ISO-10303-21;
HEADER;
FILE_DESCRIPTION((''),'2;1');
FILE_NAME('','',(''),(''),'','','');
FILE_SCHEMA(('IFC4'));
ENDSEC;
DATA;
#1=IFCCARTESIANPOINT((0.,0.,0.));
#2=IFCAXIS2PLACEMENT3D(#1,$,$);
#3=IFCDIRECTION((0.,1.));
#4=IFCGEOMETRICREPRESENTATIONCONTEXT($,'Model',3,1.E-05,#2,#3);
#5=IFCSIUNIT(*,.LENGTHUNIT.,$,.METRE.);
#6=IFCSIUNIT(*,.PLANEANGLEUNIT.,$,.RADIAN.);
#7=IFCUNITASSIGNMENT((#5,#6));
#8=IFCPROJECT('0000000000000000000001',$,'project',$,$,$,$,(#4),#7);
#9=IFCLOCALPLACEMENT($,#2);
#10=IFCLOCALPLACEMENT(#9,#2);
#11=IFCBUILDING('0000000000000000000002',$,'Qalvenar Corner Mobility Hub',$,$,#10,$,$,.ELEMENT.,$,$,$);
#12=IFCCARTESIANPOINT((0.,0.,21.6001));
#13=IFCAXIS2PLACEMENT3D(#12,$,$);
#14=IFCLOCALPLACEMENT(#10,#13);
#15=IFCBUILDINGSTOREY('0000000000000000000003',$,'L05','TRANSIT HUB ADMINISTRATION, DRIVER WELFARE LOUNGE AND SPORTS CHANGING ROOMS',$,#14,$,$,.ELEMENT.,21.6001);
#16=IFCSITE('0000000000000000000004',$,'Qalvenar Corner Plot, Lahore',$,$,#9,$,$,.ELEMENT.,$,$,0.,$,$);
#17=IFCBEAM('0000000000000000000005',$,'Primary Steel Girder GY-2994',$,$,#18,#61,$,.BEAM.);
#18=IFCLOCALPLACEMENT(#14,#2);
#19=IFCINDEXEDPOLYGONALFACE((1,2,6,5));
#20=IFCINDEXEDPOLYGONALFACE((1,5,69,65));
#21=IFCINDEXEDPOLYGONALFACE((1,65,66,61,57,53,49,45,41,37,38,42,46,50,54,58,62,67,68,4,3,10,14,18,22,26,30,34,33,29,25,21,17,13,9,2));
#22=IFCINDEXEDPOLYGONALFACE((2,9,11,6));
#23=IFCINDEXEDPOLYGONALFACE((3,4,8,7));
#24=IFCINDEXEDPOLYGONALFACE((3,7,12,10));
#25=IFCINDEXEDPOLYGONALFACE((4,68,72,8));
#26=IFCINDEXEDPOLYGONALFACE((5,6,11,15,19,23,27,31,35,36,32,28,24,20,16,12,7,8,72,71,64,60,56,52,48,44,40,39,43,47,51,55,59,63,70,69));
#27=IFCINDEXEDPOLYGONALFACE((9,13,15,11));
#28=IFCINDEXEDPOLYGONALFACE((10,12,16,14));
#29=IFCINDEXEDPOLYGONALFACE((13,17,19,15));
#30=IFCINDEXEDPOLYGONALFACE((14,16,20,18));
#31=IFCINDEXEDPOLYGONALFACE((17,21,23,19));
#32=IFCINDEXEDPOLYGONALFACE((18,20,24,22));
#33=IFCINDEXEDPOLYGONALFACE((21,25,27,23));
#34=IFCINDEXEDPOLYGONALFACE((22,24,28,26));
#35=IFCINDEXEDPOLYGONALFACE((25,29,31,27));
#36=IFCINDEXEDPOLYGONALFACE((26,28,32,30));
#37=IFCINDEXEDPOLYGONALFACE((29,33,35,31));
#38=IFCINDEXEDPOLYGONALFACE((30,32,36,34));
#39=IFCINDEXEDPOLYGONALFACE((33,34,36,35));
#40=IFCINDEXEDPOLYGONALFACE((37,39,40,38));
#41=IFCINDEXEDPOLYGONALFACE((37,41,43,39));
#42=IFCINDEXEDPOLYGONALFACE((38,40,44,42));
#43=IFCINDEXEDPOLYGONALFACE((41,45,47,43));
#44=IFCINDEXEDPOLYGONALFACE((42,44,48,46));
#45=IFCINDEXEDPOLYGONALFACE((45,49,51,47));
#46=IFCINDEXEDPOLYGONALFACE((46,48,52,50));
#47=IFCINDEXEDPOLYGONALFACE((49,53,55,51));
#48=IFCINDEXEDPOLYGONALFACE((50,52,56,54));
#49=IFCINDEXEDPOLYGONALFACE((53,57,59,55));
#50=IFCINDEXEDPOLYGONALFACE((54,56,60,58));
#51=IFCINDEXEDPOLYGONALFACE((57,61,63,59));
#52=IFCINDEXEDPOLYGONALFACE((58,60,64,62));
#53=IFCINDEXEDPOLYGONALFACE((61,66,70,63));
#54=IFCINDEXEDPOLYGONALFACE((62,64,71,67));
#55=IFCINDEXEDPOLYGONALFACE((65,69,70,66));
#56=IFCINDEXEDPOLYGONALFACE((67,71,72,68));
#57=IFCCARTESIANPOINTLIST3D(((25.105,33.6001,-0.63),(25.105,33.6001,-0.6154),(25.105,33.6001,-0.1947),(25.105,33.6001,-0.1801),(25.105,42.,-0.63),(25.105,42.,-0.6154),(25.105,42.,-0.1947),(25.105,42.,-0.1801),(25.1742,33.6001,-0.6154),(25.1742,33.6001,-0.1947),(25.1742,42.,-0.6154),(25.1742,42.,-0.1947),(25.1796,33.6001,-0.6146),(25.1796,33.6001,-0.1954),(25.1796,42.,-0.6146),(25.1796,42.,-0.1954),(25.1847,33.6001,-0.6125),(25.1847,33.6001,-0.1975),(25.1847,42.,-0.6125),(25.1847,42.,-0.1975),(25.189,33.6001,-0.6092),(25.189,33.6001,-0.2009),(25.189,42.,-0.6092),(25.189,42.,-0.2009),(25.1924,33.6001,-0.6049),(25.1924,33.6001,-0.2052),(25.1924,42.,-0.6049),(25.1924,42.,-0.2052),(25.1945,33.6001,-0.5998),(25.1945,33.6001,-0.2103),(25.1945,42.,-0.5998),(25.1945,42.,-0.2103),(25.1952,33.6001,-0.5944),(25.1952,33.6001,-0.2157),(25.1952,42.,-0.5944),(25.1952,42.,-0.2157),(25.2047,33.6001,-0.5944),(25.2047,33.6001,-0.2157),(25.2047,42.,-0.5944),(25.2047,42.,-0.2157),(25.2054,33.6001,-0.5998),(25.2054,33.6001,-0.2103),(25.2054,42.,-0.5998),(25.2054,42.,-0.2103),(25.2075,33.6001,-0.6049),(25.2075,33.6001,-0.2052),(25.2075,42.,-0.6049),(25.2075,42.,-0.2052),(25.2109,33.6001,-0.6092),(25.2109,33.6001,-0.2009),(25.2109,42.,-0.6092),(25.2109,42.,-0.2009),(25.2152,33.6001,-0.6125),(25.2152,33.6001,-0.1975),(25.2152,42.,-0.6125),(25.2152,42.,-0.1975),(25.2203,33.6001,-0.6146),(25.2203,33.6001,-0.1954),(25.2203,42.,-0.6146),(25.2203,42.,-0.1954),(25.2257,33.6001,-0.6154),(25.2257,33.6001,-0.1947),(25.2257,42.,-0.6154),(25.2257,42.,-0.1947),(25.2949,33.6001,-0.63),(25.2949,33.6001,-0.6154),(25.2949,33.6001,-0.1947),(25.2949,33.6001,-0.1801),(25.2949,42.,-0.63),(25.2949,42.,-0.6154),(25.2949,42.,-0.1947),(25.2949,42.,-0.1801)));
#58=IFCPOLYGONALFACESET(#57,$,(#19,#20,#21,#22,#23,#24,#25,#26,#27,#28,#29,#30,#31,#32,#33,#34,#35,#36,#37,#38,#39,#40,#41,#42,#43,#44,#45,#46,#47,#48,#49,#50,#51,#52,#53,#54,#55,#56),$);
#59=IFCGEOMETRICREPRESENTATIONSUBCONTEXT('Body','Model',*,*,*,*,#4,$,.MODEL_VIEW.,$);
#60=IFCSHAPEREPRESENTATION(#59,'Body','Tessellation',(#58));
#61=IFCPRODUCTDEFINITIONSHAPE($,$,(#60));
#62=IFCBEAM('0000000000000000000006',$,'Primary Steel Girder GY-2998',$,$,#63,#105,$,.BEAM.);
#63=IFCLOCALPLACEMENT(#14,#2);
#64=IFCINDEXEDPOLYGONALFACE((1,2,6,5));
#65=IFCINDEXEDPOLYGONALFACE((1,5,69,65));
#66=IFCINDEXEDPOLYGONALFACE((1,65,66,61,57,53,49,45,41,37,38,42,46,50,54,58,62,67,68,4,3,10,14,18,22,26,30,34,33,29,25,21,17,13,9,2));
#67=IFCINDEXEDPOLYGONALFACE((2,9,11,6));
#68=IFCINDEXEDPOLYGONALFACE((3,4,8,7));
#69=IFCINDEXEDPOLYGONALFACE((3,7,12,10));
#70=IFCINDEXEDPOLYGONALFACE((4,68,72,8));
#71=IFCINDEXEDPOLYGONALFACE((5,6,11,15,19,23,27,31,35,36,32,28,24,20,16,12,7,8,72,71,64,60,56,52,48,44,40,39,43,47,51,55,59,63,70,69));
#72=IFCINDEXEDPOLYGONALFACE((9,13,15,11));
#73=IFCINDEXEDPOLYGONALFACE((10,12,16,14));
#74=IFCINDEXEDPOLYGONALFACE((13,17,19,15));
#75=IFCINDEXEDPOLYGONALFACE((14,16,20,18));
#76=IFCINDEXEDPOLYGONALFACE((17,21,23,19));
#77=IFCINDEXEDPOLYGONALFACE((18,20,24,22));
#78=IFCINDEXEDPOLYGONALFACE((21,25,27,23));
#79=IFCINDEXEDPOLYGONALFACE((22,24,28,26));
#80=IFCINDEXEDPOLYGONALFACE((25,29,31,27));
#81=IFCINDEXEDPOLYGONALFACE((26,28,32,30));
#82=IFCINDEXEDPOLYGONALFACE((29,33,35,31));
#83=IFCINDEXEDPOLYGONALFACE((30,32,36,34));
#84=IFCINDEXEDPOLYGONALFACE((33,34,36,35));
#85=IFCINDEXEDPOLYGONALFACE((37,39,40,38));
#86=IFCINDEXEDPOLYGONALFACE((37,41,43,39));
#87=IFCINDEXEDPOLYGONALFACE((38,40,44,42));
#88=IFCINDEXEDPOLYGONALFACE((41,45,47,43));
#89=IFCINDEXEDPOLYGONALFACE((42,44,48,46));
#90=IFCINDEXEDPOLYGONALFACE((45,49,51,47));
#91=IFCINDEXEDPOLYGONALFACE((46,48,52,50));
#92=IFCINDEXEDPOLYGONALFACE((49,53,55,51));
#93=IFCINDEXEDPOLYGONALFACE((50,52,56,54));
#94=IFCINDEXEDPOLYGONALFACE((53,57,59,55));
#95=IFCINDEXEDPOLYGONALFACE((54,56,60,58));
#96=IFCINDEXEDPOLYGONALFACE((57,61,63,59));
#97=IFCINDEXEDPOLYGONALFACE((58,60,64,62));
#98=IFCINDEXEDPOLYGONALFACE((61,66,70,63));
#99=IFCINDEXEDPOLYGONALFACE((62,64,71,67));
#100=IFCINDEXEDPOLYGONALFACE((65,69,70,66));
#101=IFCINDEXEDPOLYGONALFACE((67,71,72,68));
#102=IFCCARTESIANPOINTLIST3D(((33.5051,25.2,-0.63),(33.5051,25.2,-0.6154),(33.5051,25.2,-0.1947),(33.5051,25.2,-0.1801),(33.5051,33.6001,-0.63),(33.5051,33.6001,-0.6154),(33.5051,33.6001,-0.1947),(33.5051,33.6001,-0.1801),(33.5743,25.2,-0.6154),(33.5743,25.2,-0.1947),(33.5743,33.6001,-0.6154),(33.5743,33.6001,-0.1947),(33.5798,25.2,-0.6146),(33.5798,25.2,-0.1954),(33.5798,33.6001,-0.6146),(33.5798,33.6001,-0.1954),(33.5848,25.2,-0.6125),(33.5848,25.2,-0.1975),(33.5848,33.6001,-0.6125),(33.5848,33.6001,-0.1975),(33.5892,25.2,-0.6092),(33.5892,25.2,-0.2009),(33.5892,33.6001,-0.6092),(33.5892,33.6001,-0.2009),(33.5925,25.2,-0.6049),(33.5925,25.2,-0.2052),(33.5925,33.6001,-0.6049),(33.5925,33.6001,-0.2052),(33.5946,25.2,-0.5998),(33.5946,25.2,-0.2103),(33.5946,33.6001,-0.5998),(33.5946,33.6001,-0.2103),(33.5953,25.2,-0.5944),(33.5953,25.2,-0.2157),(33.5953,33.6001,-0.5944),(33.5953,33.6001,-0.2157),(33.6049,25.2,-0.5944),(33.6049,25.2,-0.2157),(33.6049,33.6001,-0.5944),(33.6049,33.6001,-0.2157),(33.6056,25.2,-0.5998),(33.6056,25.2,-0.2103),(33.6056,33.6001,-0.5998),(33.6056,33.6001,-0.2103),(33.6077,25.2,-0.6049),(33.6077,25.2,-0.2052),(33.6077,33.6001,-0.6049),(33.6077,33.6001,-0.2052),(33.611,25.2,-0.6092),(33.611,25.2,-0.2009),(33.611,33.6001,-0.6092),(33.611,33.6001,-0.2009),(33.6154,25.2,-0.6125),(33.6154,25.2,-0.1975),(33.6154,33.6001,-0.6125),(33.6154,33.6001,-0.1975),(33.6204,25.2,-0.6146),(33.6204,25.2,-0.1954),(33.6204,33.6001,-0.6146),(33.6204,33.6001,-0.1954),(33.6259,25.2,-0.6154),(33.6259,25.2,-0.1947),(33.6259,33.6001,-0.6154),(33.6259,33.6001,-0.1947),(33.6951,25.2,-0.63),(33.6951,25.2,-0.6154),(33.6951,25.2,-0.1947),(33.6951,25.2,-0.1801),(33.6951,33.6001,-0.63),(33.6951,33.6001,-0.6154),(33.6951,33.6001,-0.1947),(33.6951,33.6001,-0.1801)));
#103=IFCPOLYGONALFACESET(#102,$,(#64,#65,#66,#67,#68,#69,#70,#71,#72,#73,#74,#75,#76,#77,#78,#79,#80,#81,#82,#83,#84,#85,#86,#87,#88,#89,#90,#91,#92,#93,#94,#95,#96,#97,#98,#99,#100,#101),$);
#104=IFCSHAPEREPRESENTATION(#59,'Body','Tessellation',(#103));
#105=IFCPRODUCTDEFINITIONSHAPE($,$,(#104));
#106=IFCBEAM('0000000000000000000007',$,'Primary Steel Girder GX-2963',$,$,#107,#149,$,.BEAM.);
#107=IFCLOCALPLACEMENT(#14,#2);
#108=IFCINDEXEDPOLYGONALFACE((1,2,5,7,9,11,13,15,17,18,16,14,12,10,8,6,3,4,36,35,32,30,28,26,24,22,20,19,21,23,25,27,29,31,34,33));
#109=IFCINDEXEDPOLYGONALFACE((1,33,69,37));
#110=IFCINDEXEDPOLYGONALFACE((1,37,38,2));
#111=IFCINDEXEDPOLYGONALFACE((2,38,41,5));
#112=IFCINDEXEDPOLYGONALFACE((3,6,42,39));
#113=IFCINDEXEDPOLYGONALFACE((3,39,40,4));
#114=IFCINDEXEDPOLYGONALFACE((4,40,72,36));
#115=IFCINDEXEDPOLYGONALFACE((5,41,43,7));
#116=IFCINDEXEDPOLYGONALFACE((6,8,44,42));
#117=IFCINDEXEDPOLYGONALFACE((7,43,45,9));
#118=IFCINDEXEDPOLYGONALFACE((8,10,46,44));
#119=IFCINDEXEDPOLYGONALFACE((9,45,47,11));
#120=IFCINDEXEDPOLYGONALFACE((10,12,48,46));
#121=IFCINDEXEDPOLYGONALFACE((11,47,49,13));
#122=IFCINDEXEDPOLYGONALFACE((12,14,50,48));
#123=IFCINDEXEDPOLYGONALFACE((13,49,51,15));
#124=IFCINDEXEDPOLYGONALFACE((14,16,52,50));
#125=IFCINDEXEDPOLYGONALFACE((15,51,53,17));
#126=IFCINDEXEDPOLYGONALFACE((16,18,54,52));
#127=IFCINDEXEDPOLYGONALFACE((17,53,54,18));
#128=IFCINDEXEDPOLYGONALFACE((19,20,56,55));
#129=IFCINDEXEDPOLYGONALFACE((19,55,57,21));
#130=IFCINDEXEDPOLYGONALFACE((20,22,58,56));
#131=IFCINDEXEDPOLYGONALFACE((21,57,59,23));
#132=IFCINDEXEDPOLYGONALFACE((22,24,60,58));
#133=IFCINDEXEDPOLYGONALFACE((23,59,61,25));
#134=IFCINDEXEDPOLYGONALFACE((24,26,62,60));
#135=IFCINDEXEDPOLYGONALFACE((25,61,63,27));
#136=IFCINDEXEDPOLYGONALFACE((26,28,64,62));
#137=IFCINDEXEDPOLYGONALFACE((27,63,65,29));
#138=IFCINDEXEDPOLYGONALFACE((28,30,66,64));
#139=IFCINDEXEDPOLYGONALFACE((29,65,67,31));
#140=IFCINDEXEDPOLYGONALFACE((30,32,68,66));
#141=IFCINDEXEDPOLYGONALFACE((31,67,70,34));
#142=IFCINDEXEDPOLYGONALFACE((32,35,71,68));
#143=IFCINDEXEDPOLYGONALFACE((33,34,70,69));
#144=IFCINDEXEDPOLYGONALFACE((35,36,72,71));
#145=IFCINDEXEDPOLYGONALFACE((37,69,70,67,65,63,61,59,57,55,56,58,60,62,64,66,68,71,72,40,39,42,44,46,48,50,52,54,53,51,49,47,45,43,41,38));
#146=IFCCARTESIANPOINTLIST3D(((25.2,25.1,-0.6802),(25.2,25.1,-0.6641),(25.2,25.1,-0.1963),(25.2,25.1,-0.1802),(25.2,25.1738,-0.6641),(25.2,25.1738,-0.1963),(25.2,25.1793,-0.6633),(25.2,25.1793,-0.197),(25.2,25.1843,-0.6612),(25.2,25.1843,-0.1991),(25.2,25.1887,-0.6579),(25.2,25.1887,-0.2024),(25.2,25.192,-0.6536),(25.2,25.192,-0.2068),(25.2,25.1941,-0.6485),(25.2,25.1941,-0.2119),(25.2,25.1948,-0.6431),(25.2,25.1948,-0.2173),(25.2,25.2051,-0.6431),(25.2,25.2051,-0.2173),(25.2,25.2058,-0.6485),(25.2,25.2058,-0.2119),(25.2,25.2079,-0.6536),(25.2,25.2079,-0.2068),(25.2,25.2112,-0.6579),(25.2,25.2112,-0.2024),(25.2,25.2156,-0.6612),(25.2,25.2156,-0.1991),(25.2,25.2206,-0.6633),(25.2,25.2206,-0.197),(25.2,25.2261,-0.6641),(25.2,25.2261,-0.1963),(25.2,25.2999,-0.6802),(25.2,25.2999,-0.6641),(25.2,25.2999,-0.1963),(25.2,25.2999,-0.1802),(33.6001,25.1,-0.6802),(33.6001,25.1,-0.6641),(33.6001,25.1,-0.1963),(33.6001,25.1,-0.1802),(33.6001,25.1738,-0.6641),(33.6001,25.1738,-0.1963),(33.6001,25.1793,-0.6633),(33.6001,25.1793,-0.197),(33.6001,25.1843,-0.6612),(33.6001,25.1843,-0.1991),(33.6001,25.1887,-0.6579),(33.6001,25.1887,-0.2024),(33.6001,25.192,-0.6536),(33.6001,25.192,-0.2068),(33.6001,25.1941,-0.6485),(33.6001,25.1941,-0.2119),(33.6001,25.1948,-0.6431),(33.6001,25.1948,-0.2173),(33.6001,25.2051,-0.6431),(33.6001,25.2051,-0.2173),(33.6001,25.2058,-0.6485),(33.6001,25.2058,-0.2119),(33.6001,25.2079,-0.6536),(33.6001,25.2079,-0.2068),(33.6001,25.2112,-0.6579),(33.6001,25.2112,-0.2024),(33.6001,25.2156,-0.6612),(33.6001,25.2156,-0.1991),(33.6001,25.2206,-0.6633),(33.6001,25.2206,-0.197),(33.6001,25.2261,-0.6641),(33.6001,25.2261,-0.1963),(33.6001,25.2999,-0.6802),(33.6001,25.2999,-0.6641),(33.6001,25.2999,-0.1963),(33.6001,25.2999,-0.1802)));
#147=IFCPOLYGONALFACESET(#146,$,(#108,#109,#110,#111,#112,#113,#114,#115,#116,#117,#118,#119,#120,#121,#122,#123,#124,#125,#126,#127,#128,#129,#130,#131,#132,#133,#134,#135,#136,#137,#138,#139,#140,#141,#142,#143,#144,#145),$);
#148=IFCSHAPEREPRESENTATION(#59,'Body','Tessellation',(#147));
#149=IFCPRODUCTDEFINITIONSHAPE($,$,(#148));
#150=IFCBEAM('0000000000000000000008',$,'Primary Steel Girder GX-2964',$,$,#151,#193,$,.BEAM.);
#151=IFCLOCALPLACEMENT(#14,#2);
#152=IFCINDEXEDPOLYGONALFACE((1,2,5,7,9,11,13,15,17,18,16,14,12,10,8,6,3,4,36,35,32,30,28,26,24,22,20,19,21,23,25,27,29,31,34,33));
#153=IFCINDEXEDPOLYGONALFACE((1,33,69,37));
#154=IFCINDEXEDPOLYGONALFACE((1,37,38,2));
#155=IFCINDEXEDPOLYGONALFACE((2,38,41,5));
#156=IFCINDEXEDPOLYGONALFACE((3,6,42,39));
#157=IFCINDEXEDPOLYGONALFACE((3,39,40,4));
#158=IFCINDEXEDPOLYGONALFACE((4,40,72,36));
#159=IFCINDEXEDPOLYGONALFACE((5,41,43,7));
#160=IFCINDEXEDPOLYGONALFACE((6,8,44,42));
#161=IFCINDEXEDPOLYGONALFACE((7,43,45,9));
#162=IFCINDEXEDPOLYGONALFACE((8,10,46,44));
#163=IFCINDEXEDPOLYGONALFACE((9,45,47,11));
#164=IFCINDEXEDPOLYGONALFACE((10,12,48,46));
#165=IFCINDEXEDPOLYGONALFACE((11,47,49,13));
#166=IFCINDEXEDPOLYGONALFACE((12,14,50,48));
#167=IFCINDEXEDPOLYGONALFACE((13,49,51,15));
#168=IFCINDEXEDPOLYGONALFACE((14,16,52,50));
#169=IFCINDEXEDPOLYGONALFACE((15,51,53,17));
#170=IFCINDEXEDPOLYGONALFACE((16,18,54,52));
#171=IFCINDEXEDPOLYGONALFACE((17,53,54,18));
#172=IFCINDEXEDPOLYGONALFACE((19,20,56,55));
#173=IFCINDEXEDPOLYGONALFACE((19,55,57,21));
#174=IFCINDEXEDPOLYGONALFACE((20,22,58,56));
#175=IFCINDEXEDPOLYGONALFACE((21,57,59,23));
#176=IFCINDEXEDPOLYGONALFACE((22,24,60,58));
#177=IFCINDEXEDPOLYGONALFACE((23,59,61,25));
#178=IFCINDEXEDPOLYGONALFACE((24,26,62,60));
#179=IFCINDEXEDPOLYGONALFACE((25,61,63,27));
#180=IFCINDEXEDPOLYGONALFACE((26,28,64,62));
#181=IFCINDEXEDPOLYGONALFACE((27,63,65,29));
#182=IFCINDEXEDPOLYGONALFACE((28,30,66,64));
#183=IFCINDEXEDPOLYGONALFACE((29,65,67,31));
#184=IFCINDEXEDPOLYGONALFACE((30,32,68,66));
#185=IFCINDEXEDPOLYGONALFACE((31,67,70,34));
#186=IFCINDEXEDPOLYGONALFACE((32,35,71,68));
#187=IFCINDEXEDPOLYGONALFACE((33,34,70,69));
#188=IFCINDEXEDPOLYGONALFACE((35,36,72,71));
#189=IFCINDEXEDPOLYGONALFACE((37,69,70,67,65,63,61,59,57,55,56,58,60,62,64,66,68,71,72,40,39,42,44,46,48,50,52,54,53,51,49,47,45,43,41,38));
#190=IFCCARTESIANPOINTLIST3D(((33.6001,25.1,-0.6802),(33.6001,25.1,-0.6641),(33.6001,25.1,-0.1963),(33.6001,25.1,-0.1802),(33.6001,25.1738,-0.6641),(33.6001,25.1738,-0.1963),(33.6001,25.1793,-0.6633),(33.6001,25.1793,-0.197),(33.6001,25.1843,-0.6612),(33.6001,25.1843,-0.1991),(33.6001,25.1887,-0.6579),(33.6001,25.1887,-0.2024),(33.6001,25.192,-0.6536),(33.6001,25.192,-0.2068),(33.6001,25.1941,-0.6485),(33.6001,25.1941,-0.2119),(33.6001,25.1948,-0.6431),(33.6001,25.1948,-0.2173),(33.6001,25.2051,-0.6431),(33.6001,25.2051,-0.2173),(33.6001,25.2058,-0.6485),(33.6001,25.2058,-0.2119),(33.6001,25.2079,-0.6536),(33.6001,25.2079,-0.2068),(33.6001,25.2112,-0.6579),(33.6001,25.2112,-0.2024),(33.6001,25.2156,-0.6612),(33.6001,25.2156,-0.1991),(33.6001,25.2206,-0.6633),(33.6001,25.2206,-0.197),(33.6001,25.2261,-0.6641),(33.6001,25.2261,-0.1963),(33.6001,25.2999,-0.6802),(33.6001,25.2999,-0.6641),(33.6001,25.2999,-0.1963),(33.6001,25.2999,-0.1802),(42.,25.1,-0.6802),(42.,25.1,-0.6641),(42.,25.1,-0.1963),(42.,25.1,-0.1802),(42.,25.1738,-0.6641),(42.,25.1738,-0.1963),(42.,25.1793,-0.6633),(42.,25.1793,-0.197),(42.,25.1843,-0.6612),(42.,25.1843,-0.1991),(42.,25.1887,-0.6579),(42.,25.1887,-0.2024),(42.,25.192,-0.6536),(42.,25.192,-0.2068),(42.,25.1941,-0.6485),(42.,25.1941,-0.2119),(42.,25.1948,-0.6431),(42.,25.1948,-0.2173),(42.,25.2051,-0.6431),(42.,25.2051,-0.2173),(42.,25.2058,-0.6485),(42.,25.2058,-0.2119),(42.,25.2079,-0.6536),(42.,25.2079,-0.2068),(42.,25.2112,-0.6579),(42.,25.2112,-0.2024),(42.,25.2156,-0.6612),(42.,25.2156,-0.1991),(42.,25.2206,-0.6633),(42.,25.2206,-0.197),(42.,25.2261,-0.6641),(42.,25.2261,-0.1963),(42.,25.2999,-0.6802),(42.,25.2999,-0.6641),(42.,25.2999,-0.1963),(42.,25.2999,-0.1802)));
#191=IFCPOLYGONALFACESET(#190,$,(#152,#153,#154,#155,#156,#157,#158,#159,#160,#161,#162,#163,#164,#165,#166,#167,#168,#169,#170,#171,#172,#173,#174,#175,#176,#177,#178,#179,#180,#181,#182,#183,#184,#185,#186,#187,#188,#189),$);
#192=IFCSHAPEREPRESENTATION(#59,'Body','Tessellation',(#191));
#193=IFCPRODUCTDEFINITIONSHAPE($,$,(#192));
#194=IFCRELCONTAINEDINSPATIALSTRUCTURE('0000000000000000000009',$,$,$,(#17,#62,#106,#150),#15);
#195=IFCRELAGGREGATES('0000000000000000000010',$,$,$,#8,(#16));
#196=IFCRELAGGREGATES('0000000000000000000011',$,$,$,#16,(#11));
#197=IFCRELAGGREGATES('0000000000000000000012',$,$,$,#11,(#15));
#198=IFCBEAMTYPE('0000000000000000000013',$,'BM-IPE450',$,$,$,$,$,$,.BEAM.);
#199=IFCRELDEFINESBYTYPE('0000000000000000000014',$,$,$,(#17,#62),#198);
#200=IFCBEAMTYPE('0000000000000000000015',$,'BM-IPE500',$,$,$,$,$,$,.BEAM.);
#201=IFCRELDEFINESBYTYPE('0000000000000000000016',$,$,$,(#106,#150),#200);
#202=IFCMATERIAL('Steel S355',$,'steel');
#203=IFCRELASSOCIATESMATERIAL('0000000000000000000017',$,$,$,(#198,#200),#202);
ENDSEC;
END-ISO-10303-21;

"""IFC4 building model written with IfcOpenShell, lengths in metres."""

from ifc_helpers import new_model, si_unit, direction, frame, origin, origin_2d, place, context, subcontext, project, spatial, i_section, extrude, material, material_profile, profile_set, type_object, element, save


model = new_model("IFC4")

# Units and contexts
model_context = context("Model", 3, precision=1e-05, world=origin(), true_north=direction((0.0, 1.0)))
body_context = subcontext(model_context, "Body", "Model", "MODEL_VIEW")
ifc_project = project(units=[si_unit("LENGTHUNIT", "METRE"), si_unit("PLANEANGLEUNIT", "RADIAN")], contexts=[model_context])

# Site, building, storey
site_placement = place(None, origin())
site = spatial("IfcSite", under=ifc_project, at=site_placement, Name="Qalvenar Corner Plot, Lahore", CompositionType="ELEMENT", RefElevation=0.0)
building_placement = place(site_placement, origin())
building = spatial("IfcBuilding", under=site, at=building_placement, Name="Qalvenar Corner Mobility Hub", CompositionType="ELEMENT")
storey_placement = place(building_placement, frame((0.0, 0.0, 21.6001)))
storey = spatial("IfcBuildingStorey", under=building, at=storey_placement, Name="L05", Description="TRANSIT HUB ADMINISTRATION, DRIVER WELFARE LOUNGE AND SPORTS CHANGING ROOMS", CompositionType="ELEMENT", Elevation=21.6001)

# Shared definitions
ifc_material_1 = material(Name="Steel S355", Category="steel")

# Beams
ifc_material_profile_1 = material_profile(ifc_material_1, i_section(OverallWidth=0.1899, OverallDepth=0.45, WebThickness=0.0095, FlangeThickness=0.0146, FilletRadius=0.021, at=origin_2d()), Name="IPE450")
ifc_profile_set_1 = profile_set([ifc_material_profile_1], Name="Steel S355")
beam_type_1 = type_object("IfcBeamType", Name="BM-IPE450", PredefinedType="BEAM", material=ifc_profile_set_1)
beam_1_placement = place(storey_placement, frame((25.2, 33.6001, -0.405), z_axis=(0.0, 1.0, 0.0), x_axis=(-1.0, 0.0, 0.0)))
element("IfcBeam", 1, at=beam_1_placement, inside=storey, type_object=beam_type_1, Name="Primary Steel Girder GY-2994", PredefinedType="BEAM", context=body_context, shape_type="SweptSolid", body=[
    extrude(i_section(OverallWidth=0.1899, OverallDepth=0.45, WebThickness=0.0095, FlangeThickness=0.0146, FilletRadius=0.021, at=origin_2d()), origin(), (0.0, 0.0, 1.0), 8.3999),
])
beam_2_placement = place(storey_placement, frame((33.6001, 25.2, -0.405), z_axis=(0.0, 1.0, 0.0), x_axis=(-1.0, 0.0, 0.0)))
element("IfcBeam", 2, at=beam_2_placement, inside=storey, type_object=beam_type_1, Name="Primary Steel Girder GY-2998", PredefinedType="BEAM", context=body_context, shape_type="SweptSolid", body=[
    extrude(i_section(OverallWidth=0.1899, OverallDepth=0.45, WebThickness=0.0095, FlangeThickness=0.0146, FilletRadius=0.021, at=origin_2d()), origin(), (0.0, 0.0, 1.0), 8.4001),
])
ifc_material_profile_2 = material_profile(ifc_material_1, i_section(OverallWidth=0.2, OverallDepth=0.5, WebThickness=0.0103, FlangeThickness=0.0161, FilletRadius=0.021, at=origin_2d()), Name="IPE500")
ifc_profile_set_2 = profile_set([ifc_material_profile_2], Name="Steel S355")
beam_type_2 = type_object("IfcBeamType", Name="BM-IPE500", PredefinedType="BEAM", material=ifc_profile_set_2)
beam_3_placement = place(storey_placement, frame((25.2, 25.2, -0.4302), z_axis=(1.0, 0.0, 0.0), x_axis=(0.0, 1.0, 0.0)))
element("IfcBeam", 3, at=beam_3_placement, inside=storey, type_object=beam_type_2, Name="Primary Steel Girder GX-2963", PredefinedType="BEAM", context=body_context, shape_type="SweptSolid", body=[
    extrude(i_section(OverallWidth=0.2, OverallDepth=0.5, WebThickness=0.0103, FlangeThickness=0.0161, FilletRadius=0.021, at=origin_2d()), origin(), (0.0, 0.0, 1.0), 8.4001),
])
beam_4_placement = place(storey_placement, frame((33.6001, 25.2, -0.4302), z_axis=(1.0, 0.0, 0.0), x_axis=(0.0, 1.0, 0.0)))
element("IfcBeam", 4, at=beam_4_placement, inside=storey, type_object=beam_type_2, Name="Primary Steel Girder GX-2964", PredefinedType="BEAM", context=body_context, shape_type="SweptSolid", body=[
    extrude(i_section(OverallWidth=0.2, OverallDepth=0.5, WebThickness=0.0103, FlangeThickness=0.0161, FilletRadius=0.021, at=origin_2d()), origin(), (0.0, 0.0, 1.0), 8.3999),
])

save(model, "model.ifc")
